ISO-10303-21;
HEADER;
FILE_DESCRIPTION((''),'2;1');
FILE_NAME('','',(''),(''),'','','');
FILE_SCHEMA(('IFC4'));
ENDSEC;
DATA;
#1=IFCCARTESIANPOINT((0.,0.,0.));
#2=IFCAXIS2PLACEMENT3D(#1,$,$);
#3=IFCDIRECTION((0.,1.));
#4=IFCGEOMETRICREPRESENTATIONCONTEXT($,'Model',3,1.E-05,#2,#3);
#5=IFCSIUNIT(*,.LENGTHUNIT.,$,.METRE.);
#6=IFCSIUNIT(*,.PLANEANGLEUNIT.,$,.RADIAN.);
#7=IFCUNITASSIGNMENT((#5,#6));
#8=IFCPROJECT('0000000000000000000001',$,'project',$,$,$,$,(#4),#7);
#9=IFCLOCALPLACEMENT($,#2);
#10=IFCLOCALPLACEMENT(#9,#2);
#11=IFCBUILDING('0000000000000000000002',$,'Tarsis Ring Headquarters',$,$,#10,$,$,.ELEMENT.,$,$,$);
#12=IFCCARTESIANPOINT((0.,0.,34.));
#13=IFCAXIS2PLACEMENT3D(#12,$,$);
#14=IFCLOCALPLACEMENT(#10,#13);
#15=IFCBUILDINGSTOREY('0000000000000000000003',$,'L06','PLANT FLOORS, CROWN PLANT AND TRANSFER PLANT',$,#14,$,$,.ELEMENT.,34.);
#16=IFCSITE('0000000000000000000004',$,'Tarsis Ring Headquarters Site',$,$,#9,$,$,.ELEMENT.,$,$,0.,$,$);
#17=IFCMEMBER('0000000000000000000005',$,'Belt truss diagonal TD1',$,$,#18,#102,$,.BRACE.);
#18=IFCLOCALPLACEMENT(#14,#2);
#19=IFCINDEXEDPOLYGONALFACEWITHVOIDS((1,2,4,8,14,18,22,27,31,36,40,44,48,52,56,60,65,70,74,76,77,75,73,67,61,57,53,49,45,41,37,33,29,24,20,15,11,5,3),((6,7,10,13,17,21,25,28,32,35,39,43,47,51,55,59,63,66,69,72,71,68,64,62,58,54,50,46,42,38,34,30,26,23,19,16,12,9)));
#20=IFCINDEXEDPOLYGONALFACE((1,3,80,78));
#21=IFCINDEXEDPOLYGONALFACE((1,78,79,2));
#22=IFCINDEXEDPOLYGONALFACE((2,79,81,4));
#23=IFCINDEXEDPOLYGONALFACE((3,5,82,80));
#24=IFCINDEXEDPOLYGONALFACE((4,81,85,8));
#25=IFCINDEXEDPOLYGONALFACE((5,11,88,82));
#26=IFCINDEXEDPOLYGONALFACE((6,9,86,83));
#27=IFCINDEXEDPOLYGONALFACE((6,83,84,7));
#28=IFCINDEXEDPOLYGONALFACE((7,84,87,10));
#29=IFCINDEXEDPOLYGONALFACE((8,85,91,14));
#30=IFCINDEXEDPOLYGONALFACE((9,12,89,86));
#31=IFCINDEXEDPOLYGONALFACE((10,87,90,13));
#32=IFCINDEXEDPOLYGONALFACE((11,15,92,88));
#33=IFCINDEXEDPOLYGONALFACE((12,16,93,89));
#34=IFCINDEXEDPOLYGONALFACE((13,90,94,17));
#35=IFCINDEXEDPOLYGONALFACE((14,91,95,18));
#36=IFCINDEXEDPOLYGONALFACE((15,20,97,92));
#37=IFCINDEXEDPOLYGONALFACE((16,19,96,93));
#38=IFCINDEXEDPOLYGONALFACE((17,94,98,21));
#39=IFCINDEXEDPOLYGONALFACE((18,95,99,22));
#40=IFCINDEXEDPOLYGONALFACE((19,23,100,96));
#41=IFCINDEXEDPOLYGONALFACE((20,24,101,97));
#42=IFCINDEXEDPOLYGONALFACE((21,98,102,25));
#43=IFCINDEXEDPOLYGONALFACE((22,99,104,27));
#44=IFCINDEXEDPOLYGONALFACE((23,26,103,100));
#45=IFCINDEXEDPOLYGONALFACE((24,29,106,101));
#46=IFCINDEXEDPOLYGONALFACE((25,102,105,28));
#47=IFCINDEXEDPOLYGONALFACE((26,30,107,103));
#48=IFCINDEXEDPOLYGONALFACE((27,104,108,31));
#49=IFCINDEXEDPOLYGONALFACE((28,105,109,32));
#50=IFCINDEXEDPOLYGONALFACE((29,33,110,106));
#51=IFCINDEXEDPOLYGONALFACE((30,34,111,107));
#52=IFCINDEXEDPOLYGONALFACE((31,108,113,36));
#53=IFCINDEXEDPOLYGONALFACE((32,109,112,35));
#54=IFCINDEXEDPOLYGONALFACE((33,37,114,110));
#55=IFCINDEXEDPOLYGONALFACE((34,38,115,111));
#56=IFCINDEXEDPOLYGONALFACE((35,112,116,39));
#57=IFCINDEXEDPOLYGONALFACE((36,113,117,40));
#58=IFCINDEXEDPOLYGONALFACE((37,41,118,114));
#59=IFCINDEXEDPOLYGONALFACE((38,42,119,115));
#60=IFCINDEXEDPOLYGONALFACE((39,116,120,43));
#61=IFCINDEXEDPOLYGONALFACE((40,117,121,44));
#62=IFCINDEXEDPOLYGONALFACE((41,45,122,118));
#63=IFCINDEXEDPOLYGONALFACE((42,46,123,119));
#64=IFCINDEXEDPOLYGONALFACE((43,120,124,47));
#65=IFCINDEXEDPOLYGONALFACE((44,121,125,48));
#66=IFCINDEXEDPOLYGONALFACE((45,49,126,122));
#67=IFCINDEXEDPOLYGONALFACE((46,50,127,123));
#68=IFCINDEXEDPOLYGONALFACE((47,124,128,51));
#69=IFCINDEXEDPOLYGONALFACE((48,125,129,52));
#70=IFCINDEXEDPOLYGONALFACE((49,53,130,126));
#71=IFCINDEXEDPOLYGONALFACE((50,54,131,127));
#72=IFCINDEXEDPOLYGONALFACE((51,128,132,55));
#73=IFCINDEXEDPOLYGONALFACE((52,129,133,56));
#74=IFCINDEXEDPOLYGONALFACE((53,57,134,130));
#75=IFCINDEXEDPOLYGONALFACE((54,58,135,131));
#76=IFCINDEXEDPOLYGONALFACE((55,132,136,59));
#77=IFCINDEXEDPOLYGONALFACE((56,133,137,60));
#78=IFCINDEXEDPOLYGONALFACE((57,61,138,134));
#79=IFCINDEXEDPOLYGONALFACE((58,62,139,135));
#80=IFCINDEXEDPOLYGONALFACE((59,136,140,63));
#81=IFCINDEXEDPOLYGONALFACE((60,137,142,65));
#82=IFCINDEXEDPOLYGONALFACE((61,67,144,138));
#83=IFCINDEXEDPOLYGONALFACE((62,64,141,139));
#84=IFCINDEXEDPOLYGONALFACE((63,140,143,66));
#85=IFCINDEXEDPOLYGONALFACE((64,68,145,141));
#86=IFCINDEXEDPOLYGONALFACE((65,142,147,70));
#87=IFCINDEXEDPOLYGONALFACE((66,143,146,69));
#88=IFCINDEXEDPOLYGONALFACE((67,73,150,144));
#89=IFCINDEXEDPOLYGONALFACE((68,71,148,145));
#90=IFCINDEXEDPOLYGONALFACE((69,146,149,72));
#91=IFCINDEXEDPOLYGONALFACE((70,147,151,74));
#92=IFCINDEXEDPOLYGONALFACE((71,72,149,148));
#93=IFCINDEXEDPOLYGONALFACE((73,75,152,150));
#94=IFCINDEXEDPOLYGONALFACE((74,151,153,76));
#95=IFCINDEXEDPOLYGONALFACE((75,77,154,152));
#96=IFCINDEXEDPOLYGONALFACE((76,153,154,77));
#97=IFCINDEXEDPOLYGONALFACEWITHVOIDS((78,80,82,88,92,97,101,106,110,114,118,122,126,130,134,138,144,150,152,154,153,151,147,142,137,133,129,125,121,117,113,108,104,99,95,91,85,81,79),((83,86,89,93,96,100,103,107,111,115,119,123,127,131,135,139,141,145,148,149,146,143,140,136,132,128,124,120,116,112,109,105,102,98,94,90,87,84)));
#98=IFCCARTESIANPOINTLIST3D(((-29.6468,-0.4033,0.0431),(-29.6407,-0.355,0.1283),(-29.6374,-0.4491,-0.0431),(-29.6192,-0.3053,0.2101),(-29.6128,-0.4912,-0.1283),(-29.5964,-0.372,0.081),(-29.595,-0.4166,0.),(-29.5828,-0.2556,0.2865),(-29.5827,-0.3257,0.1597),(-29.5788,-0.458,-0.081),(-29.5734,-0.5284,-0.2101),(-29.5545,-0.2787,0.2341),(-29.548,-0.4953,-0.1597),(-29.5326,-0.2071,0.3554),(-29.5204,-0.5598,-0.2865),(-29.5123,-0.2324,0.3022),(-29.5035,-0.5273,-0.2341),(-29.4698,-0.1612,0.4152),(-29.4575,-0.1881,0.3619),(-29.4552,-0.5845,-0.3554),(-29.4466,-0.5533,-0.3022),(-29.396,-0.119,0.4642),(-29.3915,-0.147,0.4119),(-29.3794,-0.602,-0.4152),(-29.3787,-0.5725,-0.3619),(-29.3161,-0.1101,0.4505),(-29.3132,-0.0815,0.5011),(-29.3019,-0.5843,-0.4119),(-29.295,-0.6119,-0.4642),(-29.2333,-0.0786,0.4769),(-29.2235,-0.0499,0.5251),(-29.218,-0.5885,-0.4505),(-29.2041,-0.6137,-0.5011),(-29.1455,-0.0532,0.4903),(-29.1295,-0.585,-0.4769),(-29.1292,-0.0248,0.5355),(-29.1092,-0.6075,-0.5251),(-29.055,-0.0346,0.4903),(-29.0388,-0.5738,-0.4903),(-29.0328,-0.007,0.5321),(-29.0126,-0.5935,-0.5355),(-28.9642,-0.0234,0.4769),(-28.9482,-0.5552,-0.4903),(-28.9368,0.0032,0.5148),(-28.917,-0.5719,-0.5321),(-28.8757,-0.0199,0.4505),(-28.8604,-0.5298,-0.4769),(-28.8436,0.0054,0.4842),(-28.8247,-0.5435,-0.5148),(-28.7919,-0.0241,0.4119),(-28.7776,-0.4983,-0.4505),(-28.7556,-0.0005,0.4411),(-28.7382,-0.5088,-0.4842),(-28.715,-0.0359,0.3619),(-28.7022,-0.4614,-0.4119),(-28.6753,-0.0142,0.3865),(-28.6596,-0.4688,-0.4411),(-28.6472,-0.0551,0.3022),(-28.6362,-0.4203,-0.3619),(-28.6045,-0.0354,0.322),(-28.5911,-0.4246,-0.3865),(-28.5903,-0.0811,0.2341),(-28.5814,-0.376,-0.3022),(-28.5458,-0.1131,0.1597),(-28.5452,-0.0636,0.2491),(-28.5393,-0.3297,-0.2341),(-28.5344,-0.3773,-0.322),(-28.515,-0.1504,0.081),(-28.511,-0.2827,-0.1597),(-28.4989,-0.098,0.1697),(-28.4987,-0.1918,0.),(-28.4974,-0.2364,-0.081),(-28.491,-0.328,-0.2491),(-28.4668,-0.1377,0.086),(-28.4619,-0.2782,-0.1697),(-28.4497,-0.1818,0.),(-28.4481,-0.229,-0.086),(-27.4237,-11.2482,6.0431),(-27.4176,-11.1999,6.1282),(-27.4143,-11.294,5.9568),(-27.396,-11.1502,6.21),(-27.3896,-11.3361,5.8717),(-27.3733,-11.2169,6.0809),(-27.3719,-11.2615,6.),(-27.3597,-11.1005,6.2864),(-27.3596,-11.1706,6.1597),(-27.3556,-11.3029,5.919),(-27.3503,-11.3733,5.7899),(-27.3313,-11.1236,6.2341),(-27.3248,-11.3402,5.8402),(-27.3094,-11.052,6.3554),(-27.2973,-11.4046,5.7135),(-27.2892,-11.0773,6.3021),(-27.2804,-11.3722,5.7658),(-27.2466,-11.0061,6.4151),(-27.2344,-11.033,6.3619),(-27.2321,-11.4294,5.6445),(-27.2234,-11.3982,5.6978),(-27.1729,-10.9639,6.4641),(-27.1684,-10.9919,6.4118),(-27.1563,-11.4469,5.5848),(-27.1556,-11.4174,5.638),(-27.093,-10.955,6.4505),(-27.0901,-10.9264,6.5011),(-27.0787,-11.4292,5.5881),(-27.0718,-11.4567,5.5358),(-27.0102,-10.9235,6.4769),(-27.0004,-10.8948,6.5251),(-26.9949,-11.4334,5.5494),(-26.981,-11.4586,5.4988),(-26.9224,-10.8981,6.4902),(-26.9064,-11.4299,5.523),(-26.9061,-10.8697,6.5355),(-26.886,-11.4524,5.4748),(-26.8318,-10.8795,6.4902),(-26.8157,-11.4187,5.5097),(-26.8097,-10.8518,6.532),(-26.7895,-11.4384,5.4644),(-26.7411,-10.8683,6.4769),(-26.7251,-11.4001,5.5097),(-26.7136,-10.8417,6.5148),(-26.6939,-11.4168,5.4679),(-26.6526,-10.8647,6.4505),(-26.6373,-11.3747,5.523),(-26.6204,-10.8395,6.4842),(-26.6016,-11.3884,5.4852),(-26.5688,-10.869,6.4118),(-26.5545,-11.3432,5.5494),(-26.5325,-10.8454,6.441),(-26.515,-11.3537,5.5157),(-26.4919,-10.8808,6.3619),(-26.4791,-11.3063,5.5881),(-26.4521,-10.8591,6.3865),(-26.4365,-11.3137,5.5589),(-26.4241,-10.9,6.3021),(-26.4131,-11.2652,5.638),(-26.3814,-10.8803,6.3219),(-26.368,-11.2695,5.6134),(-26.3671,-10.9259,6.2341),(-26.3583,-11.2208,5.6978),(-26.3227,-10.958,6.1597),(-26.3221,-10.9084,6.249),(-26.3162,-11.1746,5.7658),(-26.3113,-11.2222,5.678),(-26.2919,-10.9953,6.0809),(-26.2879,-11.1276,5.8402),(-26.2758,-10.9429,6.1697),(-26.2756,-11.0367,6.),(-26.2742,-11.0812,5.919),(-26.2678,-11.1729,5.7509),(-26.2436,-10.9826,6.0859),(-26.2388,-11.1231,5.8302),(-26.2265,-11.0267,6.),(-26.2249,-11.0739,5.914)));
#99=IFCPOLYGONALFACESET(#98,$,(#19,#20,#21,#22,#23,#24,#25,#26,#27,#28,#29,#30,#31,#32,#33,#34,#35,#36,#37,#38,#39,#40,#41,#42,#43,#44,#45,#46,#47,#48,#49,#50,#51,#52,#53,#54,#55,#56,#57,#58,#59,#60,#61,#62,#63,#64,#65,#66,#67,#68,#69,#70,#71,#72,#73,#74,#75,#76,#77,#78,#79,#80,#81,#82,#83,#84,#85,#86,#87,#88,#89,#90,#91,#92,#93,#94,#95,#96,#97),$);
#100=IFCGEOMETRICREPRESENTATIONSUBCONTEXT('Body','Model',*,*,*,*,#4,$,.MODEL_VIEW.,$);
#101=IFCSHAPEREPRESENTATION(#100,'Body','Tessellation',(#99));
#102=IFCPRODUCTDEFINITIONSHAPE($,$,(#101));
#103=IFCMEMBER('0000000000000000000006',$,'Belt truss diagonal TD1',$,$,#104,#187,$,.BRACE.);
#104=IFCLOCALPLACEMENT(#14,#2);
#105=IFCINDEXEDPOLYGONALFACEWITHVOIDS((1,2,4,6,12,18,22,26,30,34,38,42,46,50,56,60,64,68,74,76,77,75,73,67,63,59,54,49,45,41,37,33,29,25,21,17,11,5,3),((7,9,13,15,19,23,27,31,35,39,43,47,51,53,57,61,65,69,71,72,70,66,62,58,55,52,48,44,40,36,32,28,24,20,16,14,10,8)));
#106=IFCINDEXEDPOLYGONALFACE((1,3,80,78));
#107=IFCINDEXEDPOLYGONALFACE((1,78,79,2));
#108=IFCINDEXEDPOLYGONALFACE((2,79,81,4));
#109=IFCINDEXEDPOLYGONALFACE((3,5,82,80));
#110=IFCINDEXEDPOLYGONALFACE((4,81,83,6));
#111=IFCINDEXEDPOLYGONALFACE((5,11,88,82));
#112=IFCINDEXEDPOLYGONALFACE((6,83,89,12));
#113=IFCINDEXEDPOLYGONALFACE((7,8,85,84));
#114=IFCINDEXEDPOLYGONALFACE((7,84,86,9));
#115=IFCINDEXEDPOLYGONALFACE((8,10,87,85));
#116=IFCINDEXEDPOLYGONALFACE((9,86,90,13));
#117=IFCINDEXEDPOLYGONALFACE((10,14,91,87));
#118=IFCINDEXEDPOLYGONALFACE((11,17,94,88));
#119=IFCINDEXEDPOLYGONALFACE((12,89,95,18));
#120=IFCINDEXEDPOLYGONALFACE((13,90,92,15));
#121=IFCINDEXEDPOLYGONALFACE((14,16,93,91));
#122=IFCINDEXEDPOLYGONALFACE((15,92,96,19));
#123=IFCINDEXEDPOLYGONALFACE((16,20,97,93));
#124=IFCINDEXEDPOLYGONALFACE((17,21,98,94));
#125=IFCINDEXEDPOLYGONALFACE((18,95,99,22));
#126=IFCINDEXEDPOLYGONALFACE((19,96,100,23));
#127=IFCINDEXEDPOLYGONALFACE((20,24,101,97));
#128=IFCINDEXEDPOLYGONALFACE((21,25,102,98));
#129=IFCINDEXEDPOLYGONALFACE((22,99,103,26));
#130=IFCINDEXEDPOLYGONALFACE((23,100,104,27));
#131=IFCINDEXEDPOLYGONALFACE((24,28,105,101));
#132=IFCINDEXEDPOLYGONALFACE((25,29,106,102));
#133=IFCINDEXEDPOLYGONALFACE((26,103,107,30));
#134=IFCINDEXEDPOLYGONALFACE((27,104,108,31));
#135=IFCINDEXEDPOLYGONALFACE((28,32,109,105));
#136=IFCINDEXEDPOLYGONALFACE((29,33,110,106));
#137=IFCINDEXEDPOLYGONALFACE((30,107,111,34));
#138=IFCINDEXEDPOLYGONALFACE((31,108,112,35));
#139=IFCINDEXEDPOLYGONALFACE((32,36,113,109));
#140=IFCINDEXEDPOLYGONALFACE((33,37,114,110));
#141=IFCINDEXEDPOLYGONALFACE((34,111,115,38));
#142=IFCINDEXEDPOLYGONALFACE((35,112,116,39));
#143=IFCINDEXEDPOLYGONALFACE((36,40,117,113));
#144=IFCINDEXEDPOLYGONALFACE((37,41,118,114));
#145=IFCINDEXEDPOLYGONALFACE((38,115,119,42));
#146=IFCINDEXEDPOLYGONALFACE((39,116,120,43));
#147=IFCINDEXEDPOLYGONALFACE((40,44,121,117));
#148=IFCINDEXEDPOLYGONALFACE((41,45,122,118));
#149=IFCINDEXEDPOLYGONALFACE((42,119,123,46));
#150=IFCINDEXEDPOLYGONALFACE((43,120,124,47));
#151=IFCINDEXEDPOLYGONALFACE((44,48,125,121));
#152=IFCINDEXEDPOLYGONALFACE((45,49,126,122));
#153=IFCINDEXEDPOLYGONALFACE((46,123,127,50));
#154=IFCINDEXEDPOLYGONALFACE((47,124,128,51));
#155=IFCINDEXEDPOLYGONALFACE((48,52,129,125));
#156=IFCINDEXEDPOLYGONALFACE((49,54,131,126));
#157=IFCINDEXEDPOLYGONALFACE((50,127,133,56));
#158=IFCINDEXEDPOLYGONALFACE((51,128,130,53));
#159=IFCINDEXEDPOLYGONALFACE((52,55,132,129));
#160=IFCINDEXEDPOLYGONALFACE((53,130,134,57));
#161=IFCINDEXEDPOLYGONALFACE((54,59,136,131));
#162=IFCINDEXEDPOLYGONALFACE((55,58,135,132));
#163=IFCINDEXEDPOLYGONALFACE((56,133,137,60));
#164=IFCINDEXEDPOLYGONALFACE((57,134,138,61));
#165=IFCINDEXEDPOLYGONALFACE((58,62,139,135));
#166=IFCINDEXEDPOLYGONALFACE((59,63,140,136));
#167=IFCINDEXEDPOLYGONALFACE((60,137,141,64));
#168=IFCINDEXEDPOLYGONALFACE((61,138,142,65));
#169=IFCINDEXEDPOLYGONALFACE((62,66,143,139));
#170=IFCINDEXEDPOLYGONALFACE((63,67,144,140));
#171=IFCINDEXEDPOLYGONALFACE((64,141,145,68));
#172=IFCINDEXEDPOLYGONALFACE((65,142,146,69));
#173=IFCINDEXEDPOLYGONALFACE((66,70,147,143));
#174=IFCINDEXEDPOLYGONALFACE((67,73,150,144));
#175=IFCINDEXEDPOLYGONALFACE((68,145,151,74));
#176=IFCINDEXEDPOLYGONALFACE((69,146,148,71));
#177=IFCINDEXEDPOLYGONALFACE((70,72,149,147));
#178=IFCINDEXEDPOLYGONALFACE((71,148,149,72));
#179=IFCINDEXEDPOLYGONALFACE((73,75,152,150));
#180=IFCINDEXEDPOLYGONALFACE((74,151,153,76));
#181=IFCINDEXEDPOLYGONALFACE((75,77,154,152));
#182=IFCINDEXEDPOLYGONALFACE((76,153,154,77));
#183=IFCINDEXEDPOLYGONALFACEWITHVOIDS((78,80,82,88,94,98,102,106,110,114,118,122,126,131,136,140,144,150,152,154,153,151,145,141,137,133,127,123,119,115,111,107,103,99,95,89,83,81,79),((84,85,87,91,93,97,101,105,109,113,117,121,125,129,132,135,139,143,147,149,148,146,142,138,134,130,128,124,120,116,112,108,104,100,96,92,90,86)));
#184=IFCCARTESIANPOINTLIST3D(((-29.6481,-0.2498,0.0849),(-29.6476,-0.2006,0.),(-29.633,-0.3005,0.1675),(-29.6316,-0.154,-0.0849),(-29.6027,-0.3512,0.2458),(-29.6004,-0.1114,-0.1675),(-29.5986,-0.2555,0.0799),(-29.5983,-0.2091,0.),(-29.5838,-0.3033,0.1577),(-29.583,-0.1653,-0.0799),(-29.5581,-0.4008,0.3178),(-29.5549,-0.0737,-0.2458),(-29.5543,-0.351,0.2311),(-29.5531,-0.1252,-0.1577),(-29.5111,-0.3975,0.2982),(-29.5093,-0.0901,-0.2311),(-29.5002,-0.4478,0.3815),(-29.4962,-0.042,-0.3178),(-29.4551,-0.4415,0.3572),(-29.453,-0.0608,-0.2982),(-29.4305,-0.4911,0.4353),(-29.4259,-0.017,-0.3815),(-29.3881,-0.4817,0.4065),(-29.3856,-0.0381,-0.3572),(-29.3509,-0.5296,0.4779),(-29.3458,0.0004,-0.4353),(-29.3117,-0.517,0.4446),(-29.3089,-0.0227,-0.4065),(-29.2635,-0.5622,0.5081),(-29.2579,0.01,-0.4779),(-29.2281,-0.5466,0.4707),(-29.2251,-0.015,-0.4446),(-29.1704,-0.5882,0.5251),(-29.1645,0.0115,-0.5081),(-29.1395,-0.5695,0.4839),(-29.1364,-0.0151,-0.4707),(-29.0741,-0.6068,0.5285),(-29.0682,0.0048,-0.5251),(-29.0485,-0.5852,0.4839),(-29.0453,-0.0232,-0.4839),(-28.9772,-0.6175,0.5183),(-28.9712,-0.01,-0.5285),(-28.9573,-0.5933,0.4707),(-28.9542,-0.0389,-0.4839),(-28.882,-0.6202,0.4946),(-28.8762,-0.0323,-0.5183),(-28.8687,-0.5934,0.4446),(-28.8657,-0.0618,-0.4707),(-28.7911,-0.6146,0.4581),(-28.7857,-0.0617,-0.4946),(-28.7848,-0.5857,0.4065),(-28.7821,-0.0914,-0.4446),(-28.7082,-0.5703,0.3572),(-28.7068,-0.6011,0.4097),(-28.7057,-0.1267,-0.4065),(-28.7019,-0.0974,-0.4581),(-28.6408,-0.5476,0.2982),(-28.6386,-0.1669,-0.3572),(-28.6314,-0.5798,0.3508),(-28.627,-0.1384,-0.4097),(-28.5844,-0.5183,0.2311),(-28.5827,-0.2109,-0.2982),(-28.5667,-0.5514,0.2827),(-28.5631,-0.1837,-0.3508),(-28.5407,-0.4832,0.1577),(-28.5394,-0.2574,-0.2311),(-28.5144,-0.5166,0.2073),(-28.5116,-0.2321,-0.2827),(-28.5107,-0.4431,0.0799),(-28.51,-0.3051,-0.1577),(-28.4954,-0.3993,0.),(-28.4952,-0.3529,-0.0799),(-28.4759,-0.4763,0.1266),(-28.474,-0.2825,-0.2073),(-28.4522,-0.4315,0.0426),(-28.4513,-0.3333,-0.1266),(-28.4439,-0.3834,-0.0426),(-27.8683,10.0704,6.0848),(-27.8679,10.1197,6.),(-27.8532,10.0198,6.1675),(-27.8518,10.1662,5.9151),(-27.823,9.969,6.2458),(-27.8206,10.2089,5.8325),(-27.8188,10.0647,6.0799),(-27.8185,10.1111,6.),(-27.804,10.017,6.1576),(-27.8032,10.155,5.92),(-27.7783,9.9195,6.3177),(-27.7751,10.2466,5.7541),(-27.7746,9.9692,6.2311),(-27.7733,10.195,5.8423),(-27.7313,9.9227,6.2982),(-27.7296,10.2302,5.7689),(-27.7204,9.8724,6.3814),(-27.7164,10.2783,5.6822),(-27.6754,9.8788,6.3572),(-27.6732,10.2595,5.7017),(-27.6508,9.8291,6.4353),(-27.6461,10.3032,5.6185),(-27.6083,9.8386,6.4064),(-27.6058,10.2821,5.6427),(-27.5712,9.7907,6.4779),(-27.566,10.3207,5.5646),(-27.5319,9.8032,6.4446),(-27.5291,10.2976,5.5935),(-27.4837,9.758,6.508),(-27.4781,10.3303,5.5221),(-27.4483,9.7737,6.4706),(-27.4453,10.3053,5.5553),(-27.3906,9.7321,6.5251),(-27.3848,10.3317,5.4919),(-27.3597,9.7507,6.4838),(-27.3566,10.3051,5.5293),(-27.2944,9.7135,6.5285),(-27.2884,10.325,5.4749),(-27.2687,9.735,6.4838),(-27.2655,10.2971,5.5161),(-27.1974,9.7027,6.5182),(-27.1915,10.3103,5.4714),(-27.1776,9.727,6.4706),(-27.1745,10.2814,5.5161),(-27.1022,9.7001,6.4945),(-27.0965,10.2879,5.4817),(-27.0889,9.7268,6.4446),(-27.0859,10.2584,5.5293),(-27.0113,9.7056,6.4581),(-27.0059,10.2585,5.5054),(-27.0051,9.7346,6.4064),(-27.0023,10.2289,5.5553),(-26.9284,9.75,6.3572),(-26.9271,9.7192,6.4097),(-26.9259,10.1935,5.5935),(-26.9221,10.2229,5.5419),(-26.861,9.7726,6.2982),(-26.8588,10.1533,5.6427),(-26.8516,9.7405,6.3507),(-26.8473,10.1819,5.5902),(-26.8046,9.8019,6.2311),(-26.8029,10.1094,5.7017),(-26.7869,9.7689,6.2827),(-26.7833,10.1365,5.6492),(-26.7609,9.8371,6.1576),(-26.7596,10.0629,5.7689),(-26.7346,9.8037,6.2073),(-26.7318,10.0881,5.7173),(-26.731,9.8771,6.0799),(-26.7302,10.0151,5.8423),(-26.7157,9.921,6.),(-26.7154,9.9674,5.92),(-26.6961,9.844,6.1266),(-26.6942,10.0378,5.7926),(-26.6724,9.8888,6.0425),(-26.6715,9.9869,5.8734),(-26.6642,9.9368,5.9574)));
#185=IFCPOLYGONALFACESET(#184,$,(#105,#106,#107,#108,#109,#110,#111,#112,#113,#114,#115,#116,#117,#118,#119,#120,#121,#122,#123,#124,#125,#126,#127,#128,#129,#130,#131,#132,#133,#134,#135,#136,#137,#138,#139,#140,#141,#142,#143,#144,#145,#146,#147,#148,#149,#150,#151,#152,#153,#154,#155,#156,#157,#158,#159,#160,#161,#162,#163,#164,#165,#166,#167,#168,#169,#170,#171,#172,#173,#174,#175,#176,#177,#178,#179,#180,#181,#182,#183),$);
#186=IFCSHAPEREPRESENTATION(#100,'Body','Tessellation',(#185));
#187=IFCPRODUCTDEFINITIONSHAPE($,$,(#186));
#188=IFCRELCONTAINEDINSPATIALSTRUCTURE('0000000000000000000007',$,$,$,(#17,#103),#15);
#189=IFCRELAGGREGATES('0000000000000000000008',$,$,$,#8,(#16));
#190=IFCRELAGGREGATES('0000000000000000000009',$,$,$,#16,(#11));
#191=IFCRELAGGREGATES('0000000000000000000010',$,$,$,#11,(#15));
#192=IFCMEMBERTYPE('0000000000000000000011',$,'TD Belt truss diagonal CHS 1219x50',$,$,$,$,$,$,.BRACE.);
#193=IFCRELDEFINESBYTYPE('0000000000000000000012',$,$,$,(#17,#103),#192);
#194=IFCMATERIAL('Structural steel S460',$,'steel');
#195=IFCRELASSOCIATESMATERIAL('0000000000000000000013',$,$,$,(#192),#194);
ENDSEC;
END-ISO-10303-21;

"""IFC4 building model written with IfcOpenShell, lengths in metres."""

from ifc_helpers import new_model, si_unit, direction, frame, origin, origin_2d, place, context, subcontext, project, spatial, hollow_circle, extrude, material, material_profile, profile_set, type_object, element, save


model = new_model("IFC4")

# Units and contexts
model_context = context("Model", 3, precision=1e-05, world=origin(), true_north=direction((0.0, 1.0)))
body_context = subcontext(model_context, "Body", "Model", "MODEL_VIEW")
ifc_project = project(units=[si_unit("LENGTHUNIT", "METRE"), si_unit("PLANEANGLEUNIT", "RADIAN")], contexts=[model_context])

# Site, building, storey
site_placement = place(None, origin())
site = spatial("IfcSite", under=ifc_project, at=site_placement, Name="Tarsis Ring Headquarters Site", CompositionType="ELEMENT", RefElevation=0.0)
building_placement = place(site_placement, origin())
building = spatial("IfcBuilding", under=site, at=building_placement, Name="Tarsis Ring Headquarters", CompositionType="ELEMENT")
storey_placement = place(building_placement, frame((0.0, 0.0, 34.0)))
storey = spatial("IfcBuildingStorey", under=building, at=storey_placement, Name="L06", Description="PLANT FLOORS, CROWN PLANT AND TRANSFER PLANT", CompositionType="ELEMENT", Elevation=34.0)

# Shared definitions
ifc_material_1 = material(Name="Structural steel S460", Category="steel")
ifc_material_profile_1 = material_profile(ifc_material_1, hollow_circle(Radius=0.6096, WallThickness=0.05, at=origin_2d()), Name="CHS 1219x50")
ifc_profile_set_1 = profile_set([ifc_material_profile_1], Name="Structural steel S460")

# Members
member_type = type_object("IfcMemberType", Name="TD Belt truss diagonal CHS 1219x50", PredefinedType="BRACE", material=ifc_profile_set_1)
member_1_placement = place(storey_placement, frame((-29.0469, -0.3042, 0.0), z_axis=(0.176554, -0.861266, 0.476497), x_axis=(0.979629, 0.200817, 0.0)))
element("IfcMember", 1, at=member_1_placement, inside=storey, type_object=member_type, Name="Belt truss diagonal TD1", PredefinedType="BRACE", context=body_context, shape_type="SweptSolid", body=[
    extrude(hollow_circle(Radius=0.6096, WallThickness=0.05, at=origin_2d()), origin(), (0.0, 0.0, 1.0), 12.5918),
])
member_2_placement = place(storey_placement, frame((-29.0469, -0.3042, 0.0), z_axis=(0.14746, 0.855063, 0.497115), x_axis=(-0.985453, 0.169946, 0.0)))
element("IfcMember", 2, at=member_2_placement, inside=storey, type_object=member_type, Name="Belt truss diagonal TD1", PredefinedType="BRACE", context=body_context, shape_type="SweptSolid", body=[
    extrude(hollow_circle(Radius=0.6096, WallThickness=0.05, at=origin_2d()), origin(), (0.0, 0.0, 1.0), 12.0696),
])

save(model, "model.ifc")
